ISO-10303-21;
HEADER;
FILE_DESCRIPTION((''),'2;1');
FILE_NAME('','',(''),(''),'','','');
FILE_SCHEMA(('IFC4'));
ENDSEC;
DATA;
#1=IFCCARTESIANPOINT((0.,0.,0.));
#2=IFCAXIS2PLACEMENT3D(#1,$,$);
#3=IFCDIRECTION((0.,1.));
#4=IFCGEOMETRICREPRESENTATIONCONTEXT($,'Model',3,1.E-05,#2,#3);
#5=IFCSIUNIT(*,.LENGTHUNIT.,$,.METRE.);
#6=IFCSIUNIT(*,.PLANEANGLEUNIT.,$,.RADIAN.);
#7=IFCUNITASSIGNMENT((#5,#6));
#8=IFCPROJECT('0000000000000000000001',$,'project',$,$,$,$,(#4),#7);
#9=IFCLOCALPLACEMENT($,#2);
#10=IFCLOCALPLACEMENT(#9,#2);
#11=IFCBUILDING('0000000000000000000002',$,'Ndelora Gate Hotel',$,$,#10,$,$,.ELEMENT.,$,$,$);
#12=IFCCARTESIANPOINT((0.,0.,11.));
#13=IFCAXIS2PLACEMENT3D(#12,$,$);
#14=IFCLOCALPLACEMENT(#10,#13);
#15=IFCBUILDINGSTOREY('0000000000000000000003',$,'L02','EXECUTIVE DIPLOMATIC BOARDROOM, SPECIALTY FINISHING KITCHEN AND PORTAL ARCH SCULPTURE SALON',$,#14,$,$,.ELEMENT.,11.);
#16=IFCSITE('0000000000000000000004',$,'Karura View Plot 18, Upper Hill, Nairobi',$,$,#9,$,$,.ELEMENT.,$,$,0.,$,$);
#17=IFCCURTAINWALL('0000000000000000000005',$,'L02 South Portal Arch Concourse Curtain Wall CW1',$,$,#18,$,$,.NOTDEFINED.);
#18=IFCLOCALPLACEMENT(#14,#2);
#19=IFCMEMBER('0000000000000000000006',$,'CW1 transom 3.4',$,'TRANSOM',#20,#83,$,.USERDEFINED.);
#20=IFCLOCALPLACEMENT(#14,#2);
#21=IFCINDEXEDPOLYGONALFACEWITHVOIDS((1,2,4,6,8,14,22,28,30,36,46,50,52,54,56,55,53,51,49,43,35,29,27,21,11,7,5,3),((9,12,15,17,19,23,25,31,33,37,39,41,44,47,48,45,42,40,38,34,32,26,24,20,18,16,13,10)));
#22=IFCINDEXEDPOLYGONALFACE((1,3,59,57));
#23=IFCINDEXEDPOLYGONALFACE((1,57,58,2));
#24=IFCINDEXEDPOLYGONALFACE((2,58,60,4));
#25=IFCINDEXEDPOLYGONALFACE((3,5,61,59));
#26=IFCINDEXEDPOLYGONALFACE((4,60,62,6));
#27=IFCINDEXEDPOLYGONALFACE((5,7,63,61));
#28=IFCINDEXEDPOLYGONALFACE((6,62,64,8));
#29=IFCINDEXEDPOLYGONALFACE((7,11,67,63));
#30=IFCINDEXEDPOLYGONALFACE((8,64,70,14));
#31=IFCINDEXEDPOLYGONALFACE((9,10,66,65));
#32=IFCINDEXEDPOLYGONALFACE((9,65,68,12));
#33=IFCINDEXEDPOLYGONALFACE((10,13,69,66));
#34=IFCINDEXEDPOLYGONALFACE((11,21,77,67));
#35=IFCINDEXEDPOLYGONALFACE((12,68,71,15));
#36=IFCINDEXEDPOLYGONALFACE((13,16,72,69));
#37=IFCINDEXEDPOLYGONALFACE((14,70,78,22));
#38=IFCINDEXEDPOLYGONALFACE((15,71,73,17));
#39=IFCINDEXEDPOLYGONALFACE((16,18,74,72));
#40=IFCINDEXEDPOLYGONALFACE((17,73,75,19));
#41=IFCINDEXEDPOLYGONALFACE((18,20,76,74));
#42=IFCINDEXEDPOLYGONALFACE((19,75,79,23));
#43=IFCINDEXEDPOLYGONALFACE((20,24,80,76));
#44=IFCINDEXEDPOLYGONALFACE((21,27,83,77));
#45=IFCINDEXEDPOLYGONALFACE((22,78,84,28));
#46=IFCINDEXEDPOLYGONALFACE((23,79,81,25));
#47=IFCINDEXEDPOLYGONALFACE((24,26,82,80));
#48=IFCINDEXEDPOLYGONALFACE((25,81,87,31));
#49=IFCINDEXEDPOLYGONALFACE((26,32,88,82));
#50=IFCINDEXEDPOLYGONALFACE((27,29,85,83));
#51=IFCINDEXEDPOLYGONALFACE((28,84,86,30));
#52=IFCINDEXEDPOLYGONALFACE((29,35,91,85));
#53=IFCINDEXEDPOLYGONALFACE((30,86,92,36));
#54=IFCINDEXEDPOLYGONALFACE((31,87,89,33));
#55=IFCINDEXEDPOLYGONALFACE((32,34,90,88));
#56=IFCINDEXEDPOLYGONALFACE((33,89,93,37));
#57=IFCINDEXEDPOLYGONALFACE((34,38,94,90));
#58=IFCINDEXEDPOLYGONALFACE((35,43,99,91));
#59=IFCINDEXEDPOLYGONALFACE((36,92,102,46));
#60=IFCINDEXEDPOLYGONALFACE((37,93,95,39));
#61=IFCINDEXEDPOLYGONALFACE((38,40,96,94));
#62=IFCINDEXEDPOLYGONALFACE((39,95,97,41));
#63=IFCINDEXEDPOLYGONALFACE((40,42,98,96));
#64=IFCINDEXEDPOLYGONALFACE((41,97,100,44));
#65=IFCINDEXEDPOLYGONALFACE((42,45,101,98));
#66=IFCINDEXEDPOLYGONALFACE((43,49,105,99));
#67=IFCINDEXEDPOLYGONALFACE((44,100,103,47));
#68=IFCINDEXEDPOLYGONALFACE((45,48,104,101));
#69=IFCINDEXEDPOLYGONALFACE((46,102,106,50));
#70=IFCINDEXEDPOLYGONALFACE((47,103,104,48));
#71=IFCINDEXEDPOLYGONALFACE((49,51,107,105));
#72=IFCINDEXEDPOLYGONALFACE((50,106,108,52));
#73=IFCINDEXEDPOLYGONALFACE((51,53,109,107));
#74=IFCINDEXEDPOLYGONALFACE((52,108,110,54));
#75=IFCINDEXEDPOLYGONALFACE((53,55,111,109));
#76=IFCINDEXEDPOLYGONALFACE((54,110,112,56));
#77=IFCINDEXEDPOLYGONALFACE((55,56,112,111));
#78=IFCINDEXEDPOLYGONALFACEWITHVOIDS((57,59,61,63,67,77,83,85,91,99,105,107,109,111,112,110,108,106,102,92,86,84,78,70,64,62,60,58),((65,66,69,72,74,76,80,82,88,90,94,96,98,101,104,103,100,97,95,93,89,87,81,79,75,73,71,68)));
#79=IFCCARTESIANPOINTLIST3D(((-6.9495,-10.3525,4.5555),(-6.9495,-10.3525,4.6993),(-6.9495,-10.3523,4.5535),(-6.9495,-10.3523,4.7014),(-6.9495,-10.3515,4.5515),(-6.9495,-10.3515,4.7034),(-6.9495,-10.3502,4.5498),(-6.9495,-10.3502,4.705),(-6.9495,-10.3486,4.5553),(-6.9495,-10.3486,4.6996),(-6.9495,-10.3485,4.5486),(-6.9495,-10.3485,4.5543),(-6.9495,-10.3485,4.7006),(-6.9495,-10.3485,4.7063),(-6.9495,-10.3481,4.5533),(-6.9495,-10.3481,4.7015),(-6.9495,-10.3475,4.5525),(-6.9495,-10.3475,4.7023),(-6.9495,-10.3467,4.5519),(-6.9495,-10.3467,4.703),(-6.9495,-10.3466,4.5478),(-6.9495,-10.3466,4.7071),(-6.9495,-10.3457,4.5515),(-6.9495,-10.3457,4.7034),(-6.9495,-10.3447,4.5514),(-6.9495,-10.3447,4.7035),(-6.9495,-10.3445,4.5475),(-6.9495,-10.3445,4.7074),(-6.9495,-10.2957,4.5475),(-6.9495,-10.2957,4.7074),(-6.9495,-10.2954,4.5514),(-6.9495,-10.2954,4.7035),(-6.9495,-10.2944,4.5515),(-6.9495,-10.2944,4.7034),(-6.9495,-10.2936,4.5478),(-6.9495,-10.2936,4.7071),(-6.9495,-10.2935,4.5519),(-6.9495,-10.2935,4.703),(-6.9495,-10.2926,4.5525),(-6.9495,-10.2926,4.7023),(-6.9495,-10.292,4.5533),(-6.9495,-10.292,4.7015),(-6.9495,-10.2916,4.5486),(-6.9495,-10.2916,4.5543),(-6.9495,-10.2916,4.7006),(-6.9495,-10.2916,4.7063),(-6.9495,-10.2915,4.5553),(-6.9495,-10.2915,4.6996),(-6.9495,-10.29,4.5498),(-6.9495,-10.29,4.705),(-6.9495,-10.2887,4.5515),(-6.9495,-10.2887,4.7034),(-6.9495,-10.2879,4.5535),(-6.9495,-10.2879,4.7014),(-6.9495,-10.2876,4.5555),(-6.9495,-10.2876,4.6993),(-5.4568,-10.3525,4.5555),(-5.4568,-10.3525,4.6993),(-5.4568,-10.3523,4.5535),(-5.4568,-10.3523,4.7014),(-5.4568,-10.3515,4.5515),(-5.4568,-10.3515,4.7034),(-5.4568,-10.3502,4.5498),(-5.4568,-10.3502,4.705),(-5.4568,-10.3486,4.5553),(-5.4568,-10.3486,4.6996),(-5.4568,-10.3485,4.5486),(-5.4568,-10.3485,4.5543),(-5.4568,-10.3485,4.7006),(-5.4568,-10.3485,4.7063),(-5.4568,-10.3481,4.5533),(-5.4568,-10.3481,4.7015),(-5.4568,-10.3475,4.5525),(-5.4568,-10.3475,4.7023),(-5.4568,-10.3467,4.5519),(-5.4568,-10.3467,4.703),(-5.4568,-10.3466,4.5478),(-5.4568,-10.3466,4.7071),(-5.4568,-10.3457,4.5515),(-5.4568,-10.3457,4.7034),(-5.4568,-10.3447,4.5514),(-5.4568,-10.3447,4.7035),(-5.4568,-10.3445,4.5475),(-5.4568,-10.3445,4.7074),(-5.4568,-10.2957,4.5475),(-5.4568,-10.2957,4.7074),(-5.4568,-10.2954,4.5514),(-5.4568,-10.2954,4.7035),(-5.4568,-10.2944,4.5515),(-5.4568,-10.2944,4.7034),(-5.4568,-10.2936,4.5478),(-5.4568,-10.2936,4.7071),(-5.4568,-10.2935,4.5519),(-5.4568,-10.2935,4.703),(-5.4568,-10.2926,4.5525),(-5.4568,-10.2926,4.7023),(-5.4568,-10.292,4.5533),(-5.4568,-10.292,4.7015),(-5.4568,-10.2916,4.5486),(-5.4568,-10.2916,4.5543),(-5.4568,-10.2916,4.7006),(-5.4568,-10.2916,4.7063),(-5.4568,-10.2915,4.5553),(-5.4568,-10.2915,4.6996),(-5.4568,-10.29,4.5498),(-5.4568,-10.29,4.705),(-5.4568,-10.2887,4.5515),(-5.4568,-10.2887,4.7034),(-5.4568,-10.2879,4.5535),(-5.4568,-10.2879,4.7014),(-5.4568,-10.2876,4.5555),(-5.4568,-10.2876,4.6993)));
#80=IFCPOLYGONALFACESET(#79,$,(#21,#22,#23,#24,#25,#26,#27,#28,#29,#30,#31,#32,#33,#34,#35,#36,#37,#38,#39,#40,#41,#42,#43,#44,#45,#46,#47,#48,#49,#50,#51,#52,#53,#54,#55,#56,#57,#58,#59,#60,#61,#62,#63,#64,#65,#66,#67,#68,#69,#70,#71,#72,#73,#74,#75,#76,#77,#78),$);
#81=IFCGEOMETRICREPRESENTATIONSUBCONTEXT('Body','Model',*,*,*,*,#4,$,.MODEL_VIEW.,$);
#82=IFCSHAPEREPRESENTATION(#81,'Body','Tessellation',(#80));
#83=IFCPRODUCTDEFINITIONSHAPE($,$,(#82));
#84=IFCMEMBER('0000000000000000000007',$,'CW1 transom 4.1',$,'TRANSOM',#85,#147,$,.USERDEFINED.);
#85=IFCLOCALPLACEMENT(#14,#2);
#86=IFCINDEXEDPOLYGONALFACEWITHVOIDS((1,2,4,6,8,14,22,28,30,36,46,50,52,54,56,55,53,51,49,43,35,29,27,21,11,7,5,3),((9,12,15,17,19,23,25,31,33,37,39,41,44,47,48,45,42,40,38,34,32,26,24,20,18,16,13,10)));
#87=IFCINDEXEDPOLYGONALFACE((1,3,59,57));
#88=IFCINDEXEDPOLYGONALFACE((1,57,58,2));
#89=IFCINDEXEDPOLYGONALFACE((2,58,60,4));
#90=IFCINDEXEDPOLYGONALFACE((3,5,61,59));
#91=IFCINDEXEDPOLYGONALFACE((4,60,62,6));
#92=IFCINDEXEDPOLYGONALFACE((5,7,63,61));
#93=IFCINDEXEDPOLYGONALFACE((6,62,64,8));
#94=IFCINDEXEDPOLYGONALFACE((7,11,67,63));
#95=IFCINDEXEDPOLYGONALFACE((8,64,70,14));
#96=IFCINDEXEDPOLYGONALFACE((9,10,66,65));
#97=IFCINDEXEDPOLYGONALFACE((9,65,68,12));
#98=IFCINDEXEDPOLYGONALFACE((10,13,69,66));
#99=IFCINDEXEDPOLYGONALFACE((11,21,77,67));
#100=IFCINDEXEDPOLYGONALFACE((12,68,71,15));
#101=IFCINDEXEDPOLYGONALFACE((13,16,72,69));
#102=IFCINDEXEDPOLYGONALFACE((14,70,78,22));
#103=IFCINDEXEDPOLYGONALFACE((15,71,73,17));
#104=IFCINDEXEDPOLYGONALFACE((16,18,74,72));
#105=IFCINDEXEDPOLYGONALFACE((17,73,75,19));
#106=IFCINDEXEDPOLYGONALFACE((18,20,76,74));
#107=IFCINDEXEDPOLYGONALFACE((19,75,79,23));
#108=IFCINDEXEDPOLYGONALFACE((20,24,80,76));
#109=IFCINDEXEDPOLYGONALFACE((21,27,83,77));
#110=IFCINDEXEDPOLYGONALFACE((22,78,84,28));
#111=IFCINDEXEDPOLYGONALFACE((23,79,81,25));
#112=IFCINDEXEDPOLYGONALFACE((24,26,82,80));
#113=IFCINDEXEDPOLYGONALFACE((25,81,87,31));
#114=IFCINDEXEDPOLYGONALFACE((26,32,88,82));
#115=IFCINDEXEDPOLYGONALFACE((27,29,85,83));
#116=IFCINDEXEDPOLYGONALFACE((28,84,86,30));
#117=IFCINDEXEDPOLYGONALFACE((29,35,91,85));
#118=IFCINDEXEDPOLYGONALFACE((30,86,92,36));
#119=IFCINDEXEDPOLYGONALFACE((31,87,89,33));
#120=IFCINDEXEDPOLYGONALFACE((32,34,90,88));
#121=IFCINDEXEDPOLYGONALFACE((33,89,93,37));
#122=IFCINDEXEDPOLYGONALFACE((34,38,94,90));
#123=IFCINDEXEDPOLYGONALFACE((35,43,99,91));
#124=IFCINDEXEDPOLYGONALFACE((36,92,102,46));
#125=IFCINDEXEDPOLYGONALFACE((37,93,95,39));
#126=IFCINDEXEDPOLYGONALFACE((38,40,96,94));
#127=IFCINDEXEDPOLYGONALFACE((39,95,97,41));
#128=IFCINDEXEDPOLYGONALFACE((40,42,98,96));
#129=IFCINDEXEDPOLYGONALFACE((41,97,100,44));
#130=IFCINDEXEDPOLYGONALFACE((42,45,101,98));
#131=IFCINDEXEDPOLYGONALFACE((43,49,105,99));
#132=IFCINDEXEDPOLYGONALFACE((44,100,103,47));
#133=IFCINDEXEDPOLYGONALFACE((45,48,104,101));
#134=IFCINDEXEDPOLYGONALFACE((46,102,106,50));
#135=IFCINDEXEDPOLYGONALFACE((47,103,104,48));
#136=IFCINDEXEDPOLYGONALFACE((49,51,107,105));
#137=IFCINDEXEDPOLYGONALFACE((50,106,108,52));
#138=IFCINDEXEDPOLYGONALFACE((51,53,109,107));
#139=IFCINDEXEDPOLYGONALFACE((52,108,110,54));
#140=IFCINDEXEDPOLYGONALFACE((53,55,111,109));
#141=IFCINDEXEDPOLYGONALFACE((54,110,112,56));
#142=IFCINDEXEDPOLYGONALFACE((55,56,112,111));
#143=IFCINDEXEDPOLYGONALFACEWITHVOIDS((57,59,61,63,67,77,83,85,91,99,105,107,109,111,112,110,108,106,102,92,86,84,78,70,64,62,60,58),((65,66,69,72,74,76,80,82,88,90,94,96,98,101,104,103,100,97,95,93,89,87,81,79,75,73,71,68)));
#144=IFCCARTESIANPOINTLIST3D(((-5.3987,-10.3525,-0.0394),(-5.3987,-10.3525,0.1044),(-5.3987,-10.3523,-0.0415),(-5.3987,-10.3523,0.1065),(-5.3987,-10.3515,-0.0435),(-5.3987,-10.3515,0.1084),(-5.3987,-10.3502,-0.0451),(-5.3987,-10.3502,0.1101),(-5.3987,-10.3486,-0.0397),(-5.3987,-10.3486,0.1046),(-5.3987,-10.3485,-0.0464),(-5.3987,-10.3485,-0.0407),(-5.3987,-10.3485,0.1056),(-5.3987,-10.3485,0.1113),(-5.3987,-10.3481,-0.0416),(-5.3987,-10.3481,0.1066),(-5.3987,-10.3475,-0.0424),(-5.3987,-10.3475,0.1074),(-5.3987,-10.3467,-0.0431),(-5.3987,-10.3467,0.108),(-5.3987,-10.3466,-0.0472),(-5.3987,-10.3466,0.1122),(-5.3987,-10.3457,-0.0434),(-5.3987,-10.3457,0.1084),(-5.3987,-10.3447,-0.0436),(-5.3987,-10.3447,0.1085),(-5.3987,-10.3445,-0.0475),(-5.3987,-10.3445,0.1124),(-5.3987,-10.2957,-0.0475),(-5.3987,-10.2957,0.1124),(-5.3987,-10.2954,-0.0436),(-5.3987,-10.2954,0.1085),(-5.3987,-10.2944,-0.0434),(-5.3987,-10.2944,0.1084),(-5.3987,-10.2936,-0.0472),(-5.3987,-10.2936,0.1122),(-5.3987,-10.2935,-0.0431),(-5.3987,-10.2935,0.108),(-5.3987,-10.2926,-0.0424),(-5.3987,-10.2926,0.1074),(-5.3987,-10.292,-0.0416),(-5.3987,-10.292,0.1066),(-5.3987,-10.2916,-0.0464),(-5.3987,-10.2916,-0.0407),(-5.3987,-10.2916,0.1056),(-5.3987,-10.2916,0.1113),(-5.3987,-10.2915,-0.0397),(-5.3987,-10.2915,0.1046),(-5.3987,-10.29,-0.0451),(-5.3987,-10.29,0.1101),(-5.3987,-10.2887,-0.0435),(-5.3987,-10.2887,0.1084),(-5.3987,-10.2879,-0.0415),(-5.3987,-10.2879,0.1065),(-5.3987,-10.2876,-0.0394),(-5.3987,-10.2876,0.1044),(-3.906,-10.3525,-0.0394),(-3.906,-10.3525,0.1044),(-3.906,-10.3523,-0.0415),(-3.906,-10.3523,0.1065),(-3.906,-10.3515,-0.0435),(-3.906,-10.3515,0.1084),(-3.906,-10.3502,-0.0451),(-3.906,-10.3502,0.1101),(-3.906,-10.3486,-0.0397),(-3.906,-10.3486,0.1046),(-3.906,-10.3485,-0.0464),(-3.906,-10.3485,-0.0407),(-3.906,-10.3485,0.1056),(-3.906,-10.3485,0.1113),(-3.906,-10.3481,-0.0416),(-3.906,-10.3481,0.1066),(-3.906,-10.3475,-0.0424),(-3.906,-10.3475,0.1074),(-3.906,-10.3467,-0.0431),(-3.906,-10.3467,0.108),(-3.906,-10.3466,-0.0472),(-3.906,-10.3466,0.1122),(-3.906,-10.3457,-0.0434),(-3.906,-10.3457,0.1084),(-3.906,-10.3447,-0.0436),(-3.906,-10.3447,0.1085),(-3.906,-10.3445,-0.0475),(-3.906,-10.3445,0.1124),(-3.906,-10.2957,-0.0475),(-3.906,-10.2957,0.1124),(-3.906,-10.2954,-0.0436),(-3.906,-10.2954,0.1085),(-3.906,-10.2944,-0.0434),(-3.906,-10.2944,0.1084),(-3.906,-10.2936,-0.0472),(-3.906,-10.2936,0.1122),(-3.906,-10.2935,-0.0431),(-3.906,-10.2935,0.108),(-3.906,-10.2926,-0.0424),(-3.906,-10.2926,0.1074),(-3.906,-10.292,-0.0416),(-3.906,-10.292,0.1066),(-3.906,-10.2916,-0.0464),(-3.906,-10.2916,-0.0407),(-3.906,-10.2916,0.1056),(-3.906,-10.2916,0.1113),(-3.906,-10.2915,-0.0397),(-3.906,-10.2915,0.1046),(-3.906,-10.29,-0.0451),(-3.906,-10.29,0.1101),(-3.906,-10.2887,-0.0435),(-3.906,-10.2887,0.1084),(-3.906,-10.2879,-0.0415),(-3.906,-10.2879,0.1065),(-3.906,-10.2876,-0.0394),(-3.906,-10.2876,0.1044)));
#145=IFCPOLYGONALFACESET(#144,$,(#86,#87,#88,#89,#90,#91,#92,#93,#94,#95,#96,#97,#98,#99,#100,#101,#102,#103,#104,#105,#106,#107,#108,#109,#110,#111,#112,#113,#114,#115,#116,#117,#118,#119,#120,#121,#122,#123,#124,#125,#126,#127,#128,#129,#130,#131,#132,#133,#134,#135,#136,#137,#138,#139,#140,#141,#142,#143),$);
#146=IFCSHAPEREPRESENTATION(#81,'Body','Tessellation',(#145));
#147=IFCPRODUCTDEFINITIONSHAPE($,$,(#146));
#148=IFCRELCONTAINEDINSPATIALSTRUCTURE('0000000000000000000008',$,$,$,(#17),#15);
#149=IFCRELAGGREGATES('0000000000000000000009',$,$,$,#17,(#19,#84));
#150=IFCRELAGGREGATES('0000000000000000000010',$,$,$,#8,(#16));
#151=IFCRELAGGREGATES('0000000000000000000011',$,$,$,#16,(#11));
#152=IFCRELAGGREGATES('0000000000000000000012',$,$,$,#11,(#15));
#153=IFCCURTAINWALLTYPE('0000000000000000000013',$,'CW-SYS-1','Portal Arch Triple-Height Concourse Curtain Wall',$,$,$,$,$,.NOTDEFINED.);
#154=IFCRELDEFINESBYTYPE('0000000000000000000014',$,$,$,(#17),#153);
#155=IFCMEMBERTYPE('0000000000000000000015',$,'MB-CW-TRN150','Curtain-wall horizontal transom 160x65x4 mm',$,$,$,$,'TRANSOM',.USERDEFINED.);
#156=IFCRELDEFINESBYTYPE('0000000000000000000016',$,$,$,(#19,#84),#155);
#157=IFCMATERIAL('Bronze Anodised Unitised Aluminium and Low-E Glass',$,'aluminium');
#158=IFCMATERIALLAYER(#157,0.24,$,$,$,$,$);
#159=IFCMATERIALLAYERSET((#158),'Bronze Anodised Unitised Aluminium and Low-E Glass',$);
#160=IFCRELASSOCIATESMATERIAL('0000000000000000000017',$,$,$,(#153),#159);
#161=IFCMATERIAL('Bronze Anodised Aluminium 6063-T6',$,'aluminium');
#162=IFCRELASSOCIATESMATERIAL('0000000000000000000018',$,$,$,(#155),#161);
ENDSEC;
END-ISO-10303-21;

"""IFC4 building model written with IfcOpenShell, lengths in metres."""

from ifc_helpers import new_model, si_unit, direction, frame, origin, origin_2d, place, context, subcontext, project, spatial, hollow_rectangle, extrude, material, layer, layer_set, material_profile, profile_set, type_object, element, aggregate, save


model = new_model("IFC4")

# Units and contexts
model_context = context("Model", 3, precision=1e-05, world=origin(), true_north=direction((0.0, 1.0)))
body_context = subcontext(model_context, "Body", "Model", "MODEL_VIEW")
ifc_project = project(units=[si_unit("LENGTHUNIT", "METRE"), si_unit("PLANEANGLEUNIT", "RADIAN")], contexts=[model_context])

# Site, building, storey
site_placement = place(None, origin())
site = spatial("IfcSite", under=ifc_project, at=site_placement, Name="Karura View Plot 18, Upper Hill, Nairobi", CompositionType="ELEMENT", RefElevation=0.0)
building_placement = place(site_placement, origin())
building = spatial("IfcBuilding", under=site, at=building_placement, Name="Ndelora Gate Hotel", CompositionType="ELEMENT")
storey_placement = place(building_placement, frame((0.0, 0.0, 11.0)))
storey = spatial("IfcBuildingStorey", under=building, at=storey_placement, Name="L02", Description="EXECUTIVE DIPLOMATIC BOARDROOM, SPECIALTY FINISHING KITCHEN AND PORTAL ARCH SCULPTURE SALON", CompositionType="ELEMENT", Elevation=11.0)

# Curtain wall, members
ifc_material_1 = material(Name="Bronze Anodised Unitised Aluminium and Low-E Glass", Category="aluminium")
ifc_layer_1 = layer(ifc_material_1, 0.24)
ifc_layer_set_1 = layer_set([ifc_layer_1], Name="Bronze Anodised Unitised Aluminium and Low-E Glass")
curtain_wall_type = type_object("IfcCurtainWallType", Name="CW-SYS-1", Description="Portal Arch Triple-Height Concourse Curtain Wall", PredefinedType="NOTDEFINED", material=ifc_layer_set_1)
curtain_wall_placement = place(storey_placement, origin())
curtain_wall = element("IfcCurtainWall", 1, at=curtain_wall_placement, inside=storey, type_object=curtain_wall_type, Name="L02 South Portal Arch Concourse Curtain Wall CW1", PredefinedType="NOTDEFINED")
ifc_material_2 = material(Name="Bronze Anodised Aluminium 6063-T6", Category="aluminium")
ifc_material_profile_1 = material_profile(ifc_material_2, hollow_rectangle(XDim=0.0649, YDim=0.1599, WallThickness=0.0039, InnerFilletRadius=0.0039, OuterFilletRadius=0.0081, at=origin_2d()), Name="ALU 160x65x4")
ifc_profile_set_1 = profile_set([ifc_material_profile_1], Name="Bronze Anodised Aluminium 6063-T6")
member_type_1 = type_object("IfcMemberType", Name="MB-CW-TRN150", Description="Curtain-wall horizontal transom 160x65x4 mm", ElementType="TRANSOM", PredefinedType="USERDEFINED", material=ifc_profile_set_1)
member_1_placement = place(storey_placement, frame((-6.9495, -10.3201, 4.6274), z_axis=(1.0, 0.0, 0.0), x_axis=(0.0, 1.0, 0.0)))
member_1 = element("IfcMember", 2, at=member_1_placement, type_object=member_type_1, Name="CW1 transom 3.4", ObjectType="TRANSOM", PredefinedType="USERDEFINED", context=body_context, shape_type="SweptSolid", body=[
    extrude(hollow_rectangle(XDim=0.0649, YDim=0.1599, WallThickness=0.0039, InnerFilletRadius=0.0039, OuterFilletRadius=0.0081, at=origin_2d()), origin(), (0.0, 0.0, 1.0), 1.4927),
])
member_2_placement = place(storey_placement, frame((-5.3987, -10.3201, 0.0325), z_axis=(1.0, 0.0, 0.0), x_axis=(0.0, 1.0, 0.0)))
member_2 = element("IfcMember", 3, at=member_2_placement, type_object=member_type_1, Name="CW1 transom 4.1", ObjectType="TRANSOM", PredefinedType="USERDEFINED", context=body_context, shape_type="SweptSolid", body=[
    extrude(hollow_rectangle(XDim=0.0649, YDim=0.1599, WallThickness=0.0039, InnerFilletRadius=0.0039, OuterFilletRadius=0.0081, at=origin_2d()), origin(), (0.0, 0.0, 1.0), 1.4927),
])
aggregate(curtain_wall, [member_1, member_2])

save(model, "model.ifc")
